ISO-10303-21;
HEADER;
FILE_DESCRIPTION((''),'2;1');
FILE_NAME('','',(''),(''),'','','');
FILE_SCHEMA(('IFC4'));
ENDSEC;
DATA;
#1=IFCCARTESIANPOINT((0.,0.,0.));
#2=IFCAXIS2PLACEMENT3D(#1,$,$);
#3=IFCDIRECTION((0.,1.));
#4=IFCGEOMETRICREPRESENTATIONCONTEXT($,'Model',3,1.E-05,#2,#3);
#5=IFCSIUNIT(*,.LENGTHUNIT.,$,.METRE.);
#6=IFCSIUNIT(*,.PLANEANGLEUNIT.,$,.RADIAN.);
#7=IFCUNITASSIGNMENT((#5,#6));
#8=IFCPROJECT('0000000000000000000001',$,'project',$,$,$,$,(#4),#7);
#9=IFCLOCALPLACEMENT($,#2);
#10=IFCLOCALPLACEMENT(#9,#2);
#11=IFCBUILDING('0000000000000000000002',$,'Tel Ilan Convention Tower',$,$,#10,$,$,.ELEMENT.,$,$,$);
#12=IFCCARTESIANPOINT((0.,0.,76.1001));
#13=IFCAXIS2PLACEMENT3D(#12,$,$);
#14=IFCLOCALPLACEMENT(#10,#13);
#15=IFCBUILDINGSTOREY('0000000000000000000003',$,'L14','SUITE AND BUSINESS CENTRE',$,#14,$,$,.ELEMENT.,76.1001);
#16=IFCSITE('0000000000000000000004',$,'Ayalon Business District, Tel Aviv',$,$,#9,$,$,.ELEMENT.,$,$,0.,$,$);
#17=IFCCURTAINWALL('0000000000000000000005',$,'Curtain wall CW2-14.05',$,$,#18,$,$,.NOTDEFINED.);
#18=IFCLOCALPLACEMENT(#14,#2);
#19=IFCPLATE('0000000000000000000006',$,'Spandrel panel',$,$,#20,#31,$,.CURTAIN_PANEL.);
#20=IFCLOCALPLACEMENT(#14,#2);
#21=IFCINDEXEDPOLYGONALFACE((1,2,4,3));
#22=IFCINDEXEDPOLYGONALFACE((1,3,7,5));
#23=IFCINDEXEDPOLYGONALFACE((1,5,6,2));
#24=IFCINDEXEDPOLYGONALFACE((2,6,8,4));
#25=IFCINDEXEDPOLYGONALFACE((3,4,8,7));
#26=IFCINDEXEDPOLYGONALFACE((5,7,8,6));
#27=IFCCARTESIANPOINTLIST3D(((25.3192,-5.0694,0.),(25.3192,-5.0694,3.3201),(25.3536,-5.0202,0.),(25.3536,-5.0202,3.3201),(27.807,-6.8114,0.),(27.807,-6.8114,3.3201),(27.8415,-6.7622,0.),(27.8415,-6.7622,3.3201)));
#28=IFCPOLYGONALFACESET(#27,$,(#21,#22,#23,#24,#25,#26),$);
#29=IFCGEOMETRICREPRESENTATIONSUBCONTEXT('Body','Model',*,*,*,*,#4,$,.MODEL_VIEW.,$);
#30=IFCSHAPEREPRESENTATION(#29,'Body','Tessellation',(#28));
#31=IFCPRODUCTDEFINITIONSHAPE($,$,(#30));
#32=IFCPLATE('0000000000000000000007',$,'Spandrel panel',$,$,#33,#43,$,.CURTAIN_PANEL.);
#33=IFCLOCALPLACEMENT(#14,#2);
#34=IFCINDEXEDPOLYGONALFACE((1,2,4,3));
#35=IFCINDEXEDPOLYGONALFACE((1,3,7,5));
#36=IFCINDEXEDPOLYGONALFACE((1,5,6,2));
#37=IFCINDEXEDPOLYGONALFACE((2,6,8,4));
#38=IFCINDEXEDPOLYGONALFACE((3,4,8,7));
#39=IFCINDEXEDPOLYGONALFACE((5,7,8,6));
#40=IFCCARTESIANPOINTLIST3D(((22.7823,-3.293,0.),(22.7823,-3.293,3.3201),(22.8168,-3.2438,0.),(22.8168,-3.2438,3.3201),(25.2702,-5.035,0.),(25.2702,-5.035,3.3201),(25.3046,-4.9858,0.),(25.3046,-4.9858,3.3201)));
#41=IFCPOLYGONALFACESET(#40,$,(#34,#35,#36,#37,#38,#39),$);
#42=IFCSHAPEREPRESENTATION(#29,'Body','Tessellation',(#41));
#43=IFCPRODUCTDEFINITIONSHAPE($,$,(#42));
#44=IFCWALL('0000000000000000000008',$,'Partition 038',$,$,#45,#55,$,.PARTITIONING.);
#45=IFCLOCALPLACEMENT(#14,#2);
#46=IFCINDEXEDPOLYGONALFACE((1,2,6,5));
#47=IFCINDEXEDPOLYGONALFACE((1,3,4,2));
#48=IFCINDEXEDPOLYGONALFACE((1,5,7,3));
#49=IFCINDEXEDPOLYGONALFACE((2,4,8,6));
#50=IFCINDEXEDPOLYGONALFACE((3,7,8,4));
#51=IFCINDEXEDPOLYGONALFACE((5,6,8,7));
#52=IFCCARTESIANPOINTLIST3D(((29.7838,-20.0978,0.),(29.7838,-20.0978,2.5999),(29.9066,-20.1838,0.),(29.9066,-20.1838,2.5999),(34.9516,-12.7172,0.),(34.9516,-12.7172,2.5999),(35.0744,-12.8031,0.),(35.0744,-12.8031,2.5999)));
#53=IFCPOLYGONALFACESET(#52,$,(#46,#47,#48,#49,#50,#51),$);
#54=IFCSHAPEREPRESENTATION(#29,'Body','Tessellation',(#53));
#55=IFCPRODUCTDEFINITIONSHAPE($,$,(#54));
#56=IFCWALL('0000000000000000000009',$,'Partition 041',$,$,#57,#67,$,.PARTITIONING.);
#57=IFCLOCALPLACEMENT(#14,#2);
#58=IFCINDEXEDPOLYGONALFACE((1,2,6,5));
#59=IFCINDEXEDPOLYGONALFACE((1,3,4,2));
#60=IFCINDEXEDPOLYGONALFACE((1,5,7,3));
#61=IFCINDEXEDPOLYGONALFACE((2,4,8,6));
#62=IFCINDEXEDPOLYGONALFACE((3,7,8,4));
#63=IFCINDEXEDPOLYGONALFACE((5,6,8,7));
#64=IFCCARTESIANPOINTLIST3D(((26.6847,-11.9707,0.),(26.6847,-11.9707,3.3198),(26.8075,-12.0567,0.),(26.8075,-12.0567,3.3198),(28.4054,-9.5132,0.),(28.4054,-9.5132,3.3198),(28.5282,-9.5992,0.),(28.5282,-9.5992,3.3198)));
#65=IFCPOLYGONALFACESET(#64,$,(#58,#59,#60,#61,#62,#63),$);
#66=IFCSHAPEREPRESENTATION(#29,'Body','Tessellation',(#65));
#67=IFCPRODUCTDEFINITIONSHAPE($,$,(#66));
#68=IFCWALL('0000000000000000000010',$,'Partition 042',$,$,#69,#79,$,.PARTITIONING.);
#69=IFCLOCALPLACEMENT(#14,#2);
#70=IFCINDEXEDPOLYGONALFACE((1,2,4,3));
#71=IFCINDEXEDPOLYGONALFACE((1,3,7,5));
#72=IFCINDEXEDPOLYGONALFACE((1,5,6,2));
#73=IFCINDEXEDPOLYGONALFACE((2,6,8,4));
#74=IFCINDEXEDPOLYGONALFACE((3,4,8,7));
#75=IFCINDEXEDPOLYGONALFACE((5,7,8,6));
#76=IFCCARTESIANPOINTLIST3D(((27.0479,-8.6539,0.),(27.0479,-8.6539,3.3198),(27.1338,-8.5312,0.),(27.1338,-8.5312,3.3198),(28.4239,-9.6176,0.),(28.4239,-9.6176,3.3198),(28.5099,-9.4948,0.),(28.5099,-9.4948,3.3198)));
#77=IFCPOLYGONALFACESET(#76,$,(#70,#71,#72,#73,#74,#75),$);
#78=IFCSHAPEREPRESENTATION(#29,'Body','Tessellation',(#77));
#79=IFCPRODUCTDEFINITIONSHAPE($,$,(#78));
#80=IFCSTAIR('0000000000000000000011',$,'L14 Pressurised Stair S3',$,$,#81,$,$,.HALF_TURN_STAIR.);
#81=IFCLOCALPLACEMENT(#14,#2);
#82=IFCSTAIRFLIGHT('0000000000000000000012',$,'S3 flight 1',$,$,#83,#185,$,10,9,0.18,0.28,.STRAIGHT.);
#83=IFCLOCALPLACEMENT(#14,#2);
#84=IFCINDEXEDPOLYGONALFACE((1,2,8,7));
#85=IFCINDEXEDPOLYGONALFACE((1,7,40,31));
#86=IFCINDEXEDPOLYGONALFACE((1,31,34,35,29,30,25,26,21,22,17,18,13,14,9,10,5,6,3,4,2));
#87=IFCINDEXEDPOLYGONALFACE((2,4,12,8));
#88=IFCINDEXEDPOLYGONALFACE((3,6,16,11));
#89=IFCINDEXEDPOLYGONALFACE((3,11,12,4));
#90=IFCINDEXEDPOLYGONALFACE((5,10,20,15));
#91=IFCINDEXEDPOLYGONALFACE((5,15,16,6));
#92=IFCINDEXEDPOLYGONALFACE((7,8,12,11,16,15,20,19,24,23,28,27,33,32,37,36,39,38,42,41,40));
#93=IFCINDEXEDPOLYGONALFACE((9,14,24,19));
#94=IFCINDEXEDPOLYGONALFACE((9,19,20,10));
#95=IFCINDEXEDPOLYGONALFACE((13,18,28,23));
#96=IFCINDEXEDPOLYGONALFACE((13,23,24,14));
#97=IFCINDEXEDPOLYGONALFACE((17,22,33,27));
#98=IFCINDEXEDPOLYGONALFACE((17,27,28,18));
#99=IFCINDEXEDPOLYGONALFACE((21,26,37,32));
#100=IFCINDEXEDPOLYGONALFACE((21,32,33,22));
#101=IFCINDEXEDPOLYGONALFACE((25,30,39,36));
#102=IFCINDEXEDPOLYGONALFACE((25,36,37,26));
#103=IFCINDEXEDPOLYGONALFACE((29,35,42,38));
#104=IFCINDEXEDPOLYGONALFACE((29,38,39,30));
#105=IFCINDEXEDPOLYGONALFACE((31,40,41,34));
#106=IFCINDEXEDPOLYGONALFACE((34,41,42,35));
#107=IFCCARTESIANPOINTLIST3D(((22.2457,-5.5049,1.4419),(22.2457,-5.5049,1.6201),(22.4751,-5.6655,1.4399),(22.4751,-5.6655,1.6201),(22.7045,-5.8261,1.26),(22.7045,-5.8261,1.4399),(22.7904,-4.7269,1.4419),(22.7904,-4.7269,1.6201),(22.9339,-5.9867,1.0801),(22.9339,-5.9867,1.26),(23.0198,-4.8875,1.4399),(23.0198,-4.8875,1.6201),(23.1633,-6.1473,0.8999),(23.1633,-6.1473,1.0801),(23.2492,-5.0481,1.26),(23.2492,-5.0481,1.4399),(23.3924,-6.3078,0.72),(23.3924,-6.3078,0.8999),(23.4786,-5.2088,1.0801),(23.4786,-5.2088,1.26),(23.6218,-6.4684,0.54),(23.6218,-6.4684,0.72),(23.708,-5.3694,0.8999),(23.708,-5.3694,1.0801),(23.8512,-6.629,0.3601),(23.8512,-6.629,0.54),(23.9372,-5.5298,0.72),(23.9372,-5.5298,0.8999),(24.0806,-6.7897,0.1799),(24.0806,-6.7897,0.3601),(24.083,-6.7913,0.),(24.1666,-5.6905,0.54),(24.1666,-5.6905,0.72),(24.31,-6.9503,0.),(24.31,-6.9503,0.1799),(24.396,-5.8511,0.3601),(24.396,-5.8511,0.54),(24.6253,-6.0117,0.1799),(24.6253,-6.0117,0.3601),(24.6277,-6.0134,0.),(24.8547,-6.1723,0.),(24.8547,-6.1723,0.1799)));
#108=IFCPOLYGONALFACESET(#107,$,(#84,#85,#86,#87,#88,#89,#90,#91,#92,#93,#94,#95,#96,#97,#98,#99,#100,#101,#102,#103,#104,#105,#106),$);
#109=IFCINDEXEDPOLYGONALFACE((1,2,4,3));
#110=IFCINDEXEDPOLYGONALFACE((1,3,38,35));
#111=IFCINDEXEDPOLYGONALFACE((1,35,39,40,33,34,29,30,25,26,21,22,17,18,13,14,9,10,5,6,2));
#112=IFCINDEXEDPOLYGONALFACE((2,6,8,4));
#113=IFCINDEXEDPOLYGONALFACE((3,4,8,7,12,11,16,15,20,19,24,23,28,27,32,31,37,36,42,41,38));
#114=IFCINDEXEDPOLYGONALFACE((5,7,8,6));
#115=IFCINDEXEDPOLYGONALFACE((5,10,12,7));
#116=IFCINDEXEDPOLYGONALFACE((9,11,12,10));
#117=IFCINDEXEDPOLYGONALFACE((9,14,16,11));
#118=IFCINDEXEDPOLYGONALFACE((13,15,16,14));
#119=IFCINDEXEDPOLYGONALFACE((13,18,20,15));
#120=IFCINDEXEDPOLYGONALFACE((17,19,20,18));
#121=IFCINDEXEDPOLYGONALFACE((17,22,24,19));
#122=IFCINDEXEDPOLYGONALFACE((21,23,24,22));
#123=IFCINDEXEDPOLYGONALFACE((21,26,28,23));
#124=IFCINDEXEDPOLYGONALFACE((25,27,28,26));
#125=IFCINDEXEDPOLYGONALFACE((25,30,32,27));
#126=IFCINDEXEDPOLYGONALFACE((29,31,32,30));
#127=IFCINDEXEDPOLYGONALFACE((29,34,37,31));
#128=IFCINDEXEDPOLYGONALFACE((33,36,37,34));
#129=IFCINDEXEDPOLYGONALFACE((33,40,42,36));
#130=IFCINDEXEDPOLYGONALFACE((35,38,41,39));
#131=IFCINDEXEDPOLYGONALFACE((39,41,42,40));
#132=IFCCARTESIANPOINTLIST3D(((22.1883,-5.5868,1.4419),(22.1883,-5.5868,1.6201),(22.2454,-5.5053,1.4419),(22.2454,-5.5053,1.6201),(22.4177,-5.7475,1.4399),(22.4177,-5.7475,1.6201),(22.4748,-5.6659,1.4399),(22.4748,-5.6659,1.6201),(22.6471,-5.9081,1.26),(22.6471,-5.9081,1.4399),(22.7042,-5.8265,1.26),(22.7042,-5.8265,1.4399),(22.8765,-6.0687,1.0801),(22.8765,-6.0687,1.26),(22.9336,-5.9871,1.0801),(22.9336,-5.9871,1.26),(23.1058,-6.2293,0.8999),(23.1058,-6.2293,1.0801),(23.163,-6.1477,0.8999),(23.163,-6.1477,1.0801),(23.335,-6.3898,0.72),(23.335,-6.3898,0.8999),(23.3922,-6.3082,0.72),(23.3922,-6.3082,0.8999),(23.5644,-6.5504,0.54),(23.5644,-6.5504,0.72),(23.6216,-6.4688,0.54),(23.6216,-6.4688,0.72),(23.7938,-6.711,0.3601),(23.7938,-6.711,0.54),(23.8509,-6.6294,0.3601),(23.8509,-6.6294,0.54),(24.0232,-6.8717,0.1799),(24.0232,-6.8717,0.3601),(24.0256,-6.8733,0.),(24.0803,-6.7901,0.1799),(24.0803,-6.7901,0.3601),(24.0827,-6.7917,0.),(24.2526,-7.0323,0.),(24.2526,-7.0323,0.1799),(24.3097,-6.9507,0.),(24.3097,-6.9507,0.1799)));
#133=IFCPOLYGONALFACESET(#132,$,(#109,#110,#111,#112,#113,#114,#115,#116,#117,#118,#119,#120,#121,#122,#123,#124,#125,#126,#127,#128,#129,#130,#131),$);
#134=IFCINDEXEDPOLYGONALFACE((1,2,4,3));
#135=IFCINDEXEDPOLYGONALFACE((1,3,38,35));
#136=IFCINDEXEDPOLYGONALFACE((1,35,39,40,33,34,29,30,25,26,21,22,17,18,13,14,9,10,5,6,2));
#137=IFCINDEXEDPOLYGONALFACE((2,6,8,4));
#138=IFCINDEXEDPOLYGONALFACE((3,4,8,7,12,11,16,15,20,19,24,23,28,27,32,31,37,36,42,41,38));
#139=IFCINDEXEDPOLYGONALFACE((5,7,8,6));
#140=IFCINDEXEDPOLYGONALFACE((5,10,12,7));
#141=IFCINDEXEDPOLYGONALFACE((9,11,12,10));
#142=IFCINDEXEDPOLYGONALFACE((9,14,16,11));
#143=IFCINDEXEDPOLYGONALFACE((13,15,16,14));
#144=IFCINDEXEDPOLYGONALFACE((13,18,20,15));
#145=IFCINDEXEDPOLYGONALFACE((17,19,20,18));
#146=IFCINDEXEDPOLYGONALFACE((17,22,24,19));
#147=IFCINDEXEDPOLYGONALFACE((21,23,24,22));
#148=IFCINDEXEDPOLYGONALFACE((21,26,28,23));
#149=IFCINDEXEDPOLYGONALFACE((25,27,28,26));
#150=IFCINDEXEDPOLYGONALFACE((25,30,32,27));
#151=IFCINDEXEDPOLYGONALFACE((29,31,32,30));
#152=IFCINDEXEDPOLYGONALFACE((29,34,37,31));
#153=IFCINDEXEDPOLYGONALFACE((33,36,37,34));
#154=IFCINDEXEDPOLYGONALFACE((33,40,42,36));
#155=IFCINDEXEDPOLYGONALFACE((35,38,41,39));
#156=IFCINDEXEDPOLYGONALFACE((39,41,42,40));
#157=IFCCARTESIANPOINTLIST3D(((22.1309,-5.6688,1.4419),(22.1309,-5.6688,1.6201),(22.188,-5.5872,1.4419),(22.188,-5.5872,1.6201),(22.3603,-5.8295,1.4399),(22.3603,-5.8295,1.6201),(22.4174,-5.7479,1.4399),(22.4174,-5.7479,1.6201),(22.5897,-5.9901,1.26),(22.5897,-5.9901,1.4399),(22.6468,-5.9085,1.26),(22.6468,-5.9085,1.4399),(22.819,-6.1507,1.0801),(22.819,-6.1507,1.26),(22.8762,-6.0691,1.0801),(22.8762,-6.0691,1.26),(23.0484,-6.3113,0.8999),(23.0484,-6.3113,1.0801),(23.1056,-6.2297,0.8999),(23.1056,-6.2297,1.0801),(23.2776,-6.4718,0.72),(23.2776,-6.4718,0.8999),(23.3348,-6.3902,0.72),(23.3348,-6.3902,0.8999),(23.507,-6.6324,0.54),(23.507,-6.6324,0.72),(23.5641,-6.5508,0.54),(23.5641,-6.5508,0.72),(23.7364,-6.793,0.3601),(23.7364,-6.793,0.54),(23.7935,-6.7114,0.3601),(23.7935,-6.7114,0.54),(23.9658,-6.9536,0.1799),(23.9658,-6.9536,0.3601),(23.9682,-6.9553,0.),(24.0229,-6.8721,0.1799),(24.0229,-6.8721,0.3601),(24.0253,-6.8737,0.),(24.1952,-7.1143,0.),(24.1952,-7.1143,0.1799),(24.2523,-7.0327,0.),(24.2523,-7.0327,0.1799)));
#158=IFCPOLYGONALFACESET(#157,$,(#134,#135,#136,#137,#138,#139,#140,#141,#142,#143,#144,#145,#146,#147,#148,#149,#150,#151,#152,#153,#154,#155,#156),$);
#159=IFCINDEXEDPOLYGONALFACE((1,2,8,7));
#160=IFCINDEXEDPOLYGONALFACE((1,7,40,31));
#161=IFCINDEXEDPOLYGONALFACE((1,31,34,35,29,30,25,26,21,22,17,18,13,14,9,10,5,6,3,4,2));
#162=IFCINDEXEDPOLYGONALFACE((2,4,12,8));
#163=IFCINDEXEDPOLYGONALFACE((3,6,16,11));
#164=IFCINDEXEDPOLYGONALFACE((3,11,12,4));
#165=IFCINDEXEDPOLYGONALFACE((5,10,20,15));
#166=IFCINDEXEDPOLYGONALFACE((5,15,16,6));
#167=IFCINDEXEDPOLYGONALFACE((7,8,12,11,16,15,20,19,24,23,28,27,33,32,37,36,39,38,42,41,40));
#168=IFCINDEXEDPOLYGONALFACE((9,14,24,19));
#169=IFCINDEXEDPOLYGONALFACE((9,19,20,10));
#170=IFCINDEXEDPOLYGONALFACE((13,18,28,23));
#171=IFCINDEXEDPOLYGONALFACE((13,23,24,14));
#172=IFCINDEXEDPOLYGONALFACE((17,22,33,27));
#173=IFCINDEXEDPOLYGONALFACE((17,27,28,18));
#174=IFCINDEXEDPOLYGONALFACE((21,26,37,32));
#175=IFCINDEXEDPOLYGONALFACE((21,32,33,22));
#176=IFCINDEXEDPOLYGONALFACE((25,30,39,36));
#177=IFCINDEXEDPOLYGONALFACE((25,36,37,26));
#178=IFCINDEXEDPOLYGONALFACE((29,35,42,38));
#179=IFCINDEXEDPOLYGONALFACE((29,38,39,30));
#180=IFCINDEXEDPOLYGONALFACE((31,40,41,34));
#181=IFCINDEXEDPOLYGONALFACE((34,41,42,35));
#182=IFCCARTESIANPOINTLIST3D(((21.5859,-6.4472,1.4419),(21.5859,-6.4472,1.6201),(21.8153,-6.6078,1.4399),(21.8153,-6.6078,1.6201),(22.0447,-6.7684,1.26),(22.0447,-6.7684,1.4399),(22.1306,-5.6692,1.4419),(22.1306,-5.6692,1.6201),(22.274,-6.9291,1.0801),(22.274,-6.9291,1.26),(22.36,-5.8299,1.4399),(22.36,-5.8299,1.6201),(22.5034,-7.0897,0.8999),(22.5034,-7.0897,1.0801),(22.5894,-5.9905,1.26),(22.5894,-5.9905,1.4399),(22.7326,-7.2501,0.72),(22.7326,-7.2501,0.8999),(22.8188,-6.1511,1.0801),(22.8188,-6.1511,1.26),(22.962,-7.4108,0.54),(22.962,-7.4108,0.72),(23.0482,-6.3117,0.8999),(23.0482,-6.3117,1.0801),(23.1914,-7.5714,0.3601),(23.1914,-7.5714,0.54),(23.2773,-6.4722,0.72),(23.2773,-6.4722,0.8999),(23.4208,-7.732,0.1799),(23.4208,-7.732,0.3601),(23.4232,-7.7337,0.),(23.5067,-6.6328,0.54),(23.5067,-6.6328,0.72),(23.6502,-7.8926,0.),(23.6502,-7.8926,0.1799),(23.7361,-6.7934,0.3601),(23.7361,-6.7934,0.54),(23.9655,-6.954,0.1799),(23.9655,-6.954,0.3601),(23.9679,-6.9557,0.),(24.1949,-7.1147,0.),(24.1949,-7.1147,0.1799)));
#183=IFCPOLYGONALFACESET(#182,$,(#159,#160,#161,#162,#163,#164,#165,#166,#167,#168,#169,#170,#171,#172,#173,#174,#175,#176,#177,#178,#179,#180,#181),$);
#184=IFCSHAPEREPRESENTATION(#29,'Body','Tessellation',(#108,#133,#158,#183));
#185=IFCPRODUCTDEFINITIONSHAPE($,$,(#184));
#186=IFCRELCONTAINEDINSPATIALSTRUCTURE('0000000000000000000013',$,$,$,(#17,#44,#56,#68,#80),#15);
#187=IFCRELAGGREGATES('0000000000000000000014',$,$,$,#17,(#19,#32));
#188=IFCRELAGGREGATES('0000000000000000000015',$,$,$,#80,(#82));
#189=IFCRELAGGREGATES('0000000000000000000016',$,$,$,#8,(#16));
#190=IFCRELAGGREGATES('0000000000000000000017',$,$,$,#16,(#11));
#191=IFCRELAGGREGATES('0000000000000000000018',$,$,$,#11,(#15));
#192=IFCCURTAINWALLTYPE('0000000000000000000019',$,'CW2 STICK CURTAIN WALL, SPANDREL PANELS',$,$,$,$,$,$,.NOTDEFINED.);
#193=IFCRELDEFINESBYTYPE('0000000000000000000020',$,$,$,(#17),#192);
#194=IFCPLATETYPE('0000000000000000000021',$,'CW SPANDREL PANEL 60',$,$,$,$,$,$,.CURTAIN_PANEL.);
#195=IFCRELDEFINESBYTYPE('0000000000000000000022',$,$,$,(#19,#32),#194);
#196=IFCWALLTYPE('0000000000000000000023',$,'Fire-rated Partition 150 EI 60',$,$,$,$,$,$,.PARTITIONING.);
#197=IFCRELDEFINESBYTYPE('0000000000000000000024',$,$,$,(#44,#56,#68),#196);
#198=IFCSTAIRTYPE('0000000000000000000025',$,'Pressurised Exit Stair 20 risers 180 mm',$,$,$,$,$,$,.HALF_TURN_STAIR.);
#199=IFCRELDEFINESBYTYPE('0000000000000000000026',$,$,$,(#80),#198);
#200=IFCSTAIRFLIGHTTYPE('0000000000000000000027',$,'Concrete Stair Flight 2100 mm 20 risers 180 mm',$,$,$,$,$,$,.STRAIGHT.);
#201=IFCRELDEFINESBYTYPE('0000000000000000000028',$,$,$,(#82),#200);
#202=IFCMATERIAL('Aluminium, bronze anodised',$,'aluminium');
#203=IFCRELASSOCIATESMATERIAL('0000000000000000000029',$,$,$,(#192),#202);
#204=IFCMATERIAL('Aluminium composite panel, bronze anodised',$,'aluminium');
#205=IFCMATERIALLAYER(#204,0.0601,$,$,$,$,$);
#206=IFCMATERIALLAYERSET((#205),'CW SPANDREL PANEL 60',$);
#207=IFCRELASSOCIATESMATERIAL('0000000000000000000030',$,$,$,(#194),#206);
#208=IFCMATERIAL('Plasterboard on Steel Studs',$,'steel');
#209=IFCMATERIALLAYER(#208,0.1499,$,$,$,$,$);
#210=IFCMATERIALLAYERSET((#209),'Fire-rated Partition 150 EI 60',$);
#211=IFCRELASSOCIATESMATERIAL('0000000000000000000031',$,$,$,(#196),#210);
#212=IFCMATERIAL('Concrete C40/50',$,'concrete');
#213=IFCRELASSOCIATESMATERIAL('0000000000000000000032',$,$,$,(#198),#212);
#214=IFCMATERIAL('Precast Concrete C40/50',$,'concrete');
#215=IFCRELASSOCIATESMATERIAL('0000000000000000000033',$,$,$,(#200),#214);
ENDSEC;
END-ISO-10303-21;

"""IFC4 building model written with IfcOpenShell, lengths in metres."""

from ifc_helpers import new_model, si_unit, direction, frame, frame_2d, origin, origin_2d, place, context, subcontext, project, spatial, polyline, rectangle, outline, extrude, material, layer, layer_set, type_object, element, aggregate, save


model = new_model("IFC4")

# Units and contexts
model_context = context("Model", 3, precision=1e-05, world=origin(), true_north=direction((0.0, 1.0)))
body_context = subcontext(model_context, "Body", "Model", "MODEL_VIEW")
ifc_project = project(units=[si_unit("LENGTHUNIT", "METRE"), si_unit("PLANEANGLEUNIT", "RADIAN")], contexts=[model_context])

# Site, building, storey
site_placement = place(None, origin())
site = spatial("IfcSite", under=ifc_project, at=site_placement, Name="Ayalon Business District, Tel Aviv", CompositionType="ELEMENT", RefElevation=0.0)
building_placement = place(site_placement, origin())
building = spatial("IfcBuilding", under=site, at=building_placement, Name="Tel Ilan Convention Tower", CompositionType="ELEMENT")
storey_placement = place(building_placement, frame((0.0, 0.0, 76.1001)))
storey = spatial("IfcBuildingStorey", under=building, at=storey_placement, Name="L14", Description="SUITE AND BUSINESS CENTRE", CompositionType="ELEMENT", Elevation=76.1001)

# Curtain wall
ifc_material_1 = material(Name="Aluminium, bronze anodised", Category="aluminium")
curtain_wall_type_1 = type_object("IfcCurtainWallType", Name="CW2 STICK CURTAIN WALL, SPANDREL PANELS", PredefinedType="NOTDEFINED", material=ifc_material_1)
curtain_wall_1_placement = place(storey_placement, origin())
curtain_wall_1 = element("IfcCurtainWall", 1, at=curtain_wall_1_placement, inside=storey, type_object=curtain_wall_type_1, Name="Curtain wall CW2-14.05", PredefinedType="NOTDEFINED")

# Plates
ifc_material_2 = material(Name="Aluminium composite panel, bronze anodised", Category="aluminium")
ifc_layer_1 = layer(ifc_material_2, 0.0601)
ifc_layer_set_1 = layer_set([ifc_layer_1], Name="CW SPANDREL PANEL 60")
plate_type_1 = type_object("IfcPlateType", Name="CW SPANDREL PANEL 60", PredefinedType="CURTAIN_PANEL", material=ifc_layer_set_1)
plate_1_placement = place(storey_placement, frame((26.5803, -5.9158, 0.0), z_axis=(0.0, 0.0, 1.0), x_axis=(-0.819152, 0.573576, 0.0)))
plate_1 = element("IfcPlate", 2, at=plate_1_placement, type_object=plate_type_1, Name="Spandrel panel", PredefinedType="CURTAIN_PANEL", context=body_context, shape_type="SweptSolid", body=[
    extrude(rectangle(XDim=3.0371, YDim=0.0601, at=origin_2d()), origin(), (0.0, 0.0, 1.0), 3.3201),
])
plate_2_placement = place(storey_placement, frame((24.0435, -4.1394, 0.0), z_axis=(0.0, 0.0, 1.0), x_axis=(-0.819152, 0.573576, 0.0)))
plate_2 = element("IfcPlate", 3, at=plate_2_placement, type_object=plate_type_1, Name="Spandrel panel", PredefinedType="CURTAIN_PANEL", context=body_context, shape_type="SweptSolid", body=[
    extrude(rectangle(XDim=3.0371, YDim=0.0601, at=origin_2d()), origin(), (0.0, 0.0, 1.0), 3.3201),
])
aggregate(curtain_wall_1, [plate_1, plate_2])

# Walls
ifc_material_3 = material(Name="Plasterboard on Steel Studs", Category="steel")
ifc_layer_2 = layer(ifc_material_3, 0.1499)
ifc_layer_set_2 = layer_set([ifc_layer_2], Name="Fire-rated Partition 150 EI 60")
wall_type = type_object("IfcWallType", Name="Fire-rated Partition 150 EI 60", PredefinedType="PARTITIONING", material=ifc_layer_set_2)
wall_1_placement = place(storey_placement, frame((35.0129, -12.7603, 0.0), z_axis=(0.0, 0.0, 1.0), x_axis=(-0.573559, -0.819164, 0.0)))
element("IfcWall", 4, at=wall_1_placement, inside=storey, type_object=wall_type, Name="Partition 038", PredefinedType="PARTITIONING", context=body_context, shape_type="SweptSolid", body=[
    extrude(rectangle(XDim=9.01, YDim=0.1499, at=frame_2d((4.5049, 0.0))), origin(), (0.0, 0.0, 1.0), 2.5999),
])
wall_2_placement = place(storey_placement, frame((26.7461, -12.0137, 0.0), z_axis=(0.0, 0.0, 1.0), x_axis=(0.573561, 0.819163, 0.0)))
element("IfcWall", 5, at=wall_2_placement, inside=storey, type_object=wall_type, Name="Partition 041", PredefinedType="PARTITIONING", context=body_context, shape_type="SweptSolid", body=[
    extrude(rectangle(XDim=3.0, YDim=0.1499, at=frame_2d((1.5, 0.0))), origin(), (0.0, 0.0, 1.0), 3.3198),
])
wall_3_placement = place(storey_placement, frame((28.4668, -9.5562, 0.0), z_axis=(0.0, 0.0, 1.0), x_axis=(-0.819109, 0.573638, 0.0)))
element("IfcWall", 6, at=wall_3_placement, inside=storey, type_object=wall_type, Name="Partition 042", PredefinedType="PARTITIONING", context=body_context, shape_type="SweptSolid", body=[
    extrude(rectangle(XDim=1.6799, YDim=0.1499, at=frame_2d((0.8398, 0.0))), origin(), (0.0, 0.0, 1.0), 3.3198),
])

# Stair, stair flight
ifc_material_4 = material(Name="Concrete C40/50", Category="concrete")
stair_type = type_object("IfcStairType", Name="Pressurised Exit Stair 20 risers 180 mm", PredefinedType="HALF_TURN_STAIR", material=ifc_material_4)
stair_placement = place(storey_placement, origin())
stair = element("IfcStair", 7, at=stair_placement, inside=storey, type_object=stair_type, Name="L14 Pressurised Stair S3", PredefinedType="HALF_TURN_STAIR")
ifc_material_5 = material(Name="Precast Concrete C40/50", Category="concrete")
stair_flight_type = type_object("IfcStairFlightType", Name="Concrete Stair Flight 2100 mm 20 risers 180 mm", PredefinedType="STRAIGHT", material=ifc_material_5)
stair_flight_placement = place(storey_placement, frame((24.2524, -7.0325, 0.0), z_axis=(0.0, 0.0, 1.0), x_axis=(-0.819152, 0.573576, 0.0)))
stair_flight = element("IfcStairFlight", 8, at=stair_flight_placement, type_object=stair_flight_type, Name="S3 flight 1", NumberOfRisers=10, NumberOfTreads=9, PredefinedType="STRAIGHT", RiserHeight=0.18, TreadLength=0.28, context=body_context, shape_type="SweptSolid", body=[
    extrude(outline(polyline([(0.0, 0.0), (0.0, 0.1799), (0.28, 0.1799), (0.28, 0.3601), (0.5601, 0.3601), (0.5601, 0.54), (0.8401, 0.54), (0.8401, 0.72), (1.1201, 0.72), (1.1201, 0.8999), (1.3999, 0.8999), (1.3999, 1.0801), (1.6799, 1.0801), (1.6799, 1.26), (1.96, 1.26), (1.96, 1.4399), (2.24, 1.4399), (2.24, 1.6201), (2.52, 1.6201), (2.52, 1.8), (2.52, 1.4419), (0.2771, 0.0), (0.0, 0.0)])), frame((0.0, -0.1003, 0.0), z_axis=(0.0, -1.0, 0.0), x_axis=(1.0, 0.0, 0.0)), (0.0, 0.0, 1.0), 0.9497),
    extrude(outline(polyline([(0.0, 0.0), (0.0, 0.1799), (0.28, 0.1799), (0.28, 0.3601), (0.5601, 0.3601), (0.5601, 0.54), (0.8401, 0.54), (0.8401, 0.72), (1.1201, 0.72), (1.1201, 0.8999), (1.3999, 0.8999), (1.3999, 1.0801), (1.6799, 1.0801), (1.6799, 1.26), (1.96, 1.26), (1.96, 1.4399), (2.24, 1.4399), (2.24, 1.6201), (2.52, 1.6201), (2.52, 1.8), (2.52, 1.4419), (0.2771, 0.0), (0.0, 0.0)])), frame((0.0, -0.0002, 0.0), z_axis=(0.0, -1.0, 0.0), x_axis=(1.0, 0.0, 0.0)), (0.0, 0.0, 1.0), 0.0996),
    extrude(outline(polyline([(0.0, 0.0), (0.0, 0.1799), (0.28, 0.1799), (0.28, 0.3601), (0.5601, 0.3601), (0.5601, 0.54), (0.8401, 0.54), (0.8401, 0.72), (1.1201, 0.72), (1.1201, 0.8999), (1.3999, 0.8999), (1.3999, 1.0801), (1.6799, 1.0801), (1.6799, 1.26), (1.96, 1.26), (1.96, 1.4399), (2.24, 1.4399), (2.24, 1.6201), (2.52, 1.6201), (2.52, 1.8), (2.52, 1.4419), (0.2771, 0.0), (0.0, 0.0)])), frame((0.0, 0.0999, 0.0), z_axis=(0.0, -1.0, 0.0), x_axis=(1.0, 0.0, 0.0)), (0.0, 0.0, 1.0), 0.0996),
    extrude(outline(polyline([(0.0, 0.0), (0.0, 0.1799), (0.28, 0.1799), (0.28, 0.3601), (0.5601, 0.3601), (0.5601, 0.54), (0.8401, 0.54), (0.8401, 0.72), (1.1201, 0.72), (1.1201, 0.8999), (1.3999, 0.8999), (1.3999, 1.0801), (1.6799, 1.0801), (1.6799, 1.26), (1.96, 1.26), (1.96, 1.4399), (2.24, 1.4399), (2.24, 1.6201), (2.52, 1.6201), (2.52, 1.8), (2.52, 1.4419), (0.2771, 0.0), (0.0, 0.0)])), frame((0.0, 1.05, 0.0), z_axis=(0.0, -1.0, 0.0), x_axis=(1.0, 0.0, 0.0)), (0.0, 0.0, 1.0), 0.9497),
])
aggregate(stair, [stair_flight])

save(model, "model.ifc")
